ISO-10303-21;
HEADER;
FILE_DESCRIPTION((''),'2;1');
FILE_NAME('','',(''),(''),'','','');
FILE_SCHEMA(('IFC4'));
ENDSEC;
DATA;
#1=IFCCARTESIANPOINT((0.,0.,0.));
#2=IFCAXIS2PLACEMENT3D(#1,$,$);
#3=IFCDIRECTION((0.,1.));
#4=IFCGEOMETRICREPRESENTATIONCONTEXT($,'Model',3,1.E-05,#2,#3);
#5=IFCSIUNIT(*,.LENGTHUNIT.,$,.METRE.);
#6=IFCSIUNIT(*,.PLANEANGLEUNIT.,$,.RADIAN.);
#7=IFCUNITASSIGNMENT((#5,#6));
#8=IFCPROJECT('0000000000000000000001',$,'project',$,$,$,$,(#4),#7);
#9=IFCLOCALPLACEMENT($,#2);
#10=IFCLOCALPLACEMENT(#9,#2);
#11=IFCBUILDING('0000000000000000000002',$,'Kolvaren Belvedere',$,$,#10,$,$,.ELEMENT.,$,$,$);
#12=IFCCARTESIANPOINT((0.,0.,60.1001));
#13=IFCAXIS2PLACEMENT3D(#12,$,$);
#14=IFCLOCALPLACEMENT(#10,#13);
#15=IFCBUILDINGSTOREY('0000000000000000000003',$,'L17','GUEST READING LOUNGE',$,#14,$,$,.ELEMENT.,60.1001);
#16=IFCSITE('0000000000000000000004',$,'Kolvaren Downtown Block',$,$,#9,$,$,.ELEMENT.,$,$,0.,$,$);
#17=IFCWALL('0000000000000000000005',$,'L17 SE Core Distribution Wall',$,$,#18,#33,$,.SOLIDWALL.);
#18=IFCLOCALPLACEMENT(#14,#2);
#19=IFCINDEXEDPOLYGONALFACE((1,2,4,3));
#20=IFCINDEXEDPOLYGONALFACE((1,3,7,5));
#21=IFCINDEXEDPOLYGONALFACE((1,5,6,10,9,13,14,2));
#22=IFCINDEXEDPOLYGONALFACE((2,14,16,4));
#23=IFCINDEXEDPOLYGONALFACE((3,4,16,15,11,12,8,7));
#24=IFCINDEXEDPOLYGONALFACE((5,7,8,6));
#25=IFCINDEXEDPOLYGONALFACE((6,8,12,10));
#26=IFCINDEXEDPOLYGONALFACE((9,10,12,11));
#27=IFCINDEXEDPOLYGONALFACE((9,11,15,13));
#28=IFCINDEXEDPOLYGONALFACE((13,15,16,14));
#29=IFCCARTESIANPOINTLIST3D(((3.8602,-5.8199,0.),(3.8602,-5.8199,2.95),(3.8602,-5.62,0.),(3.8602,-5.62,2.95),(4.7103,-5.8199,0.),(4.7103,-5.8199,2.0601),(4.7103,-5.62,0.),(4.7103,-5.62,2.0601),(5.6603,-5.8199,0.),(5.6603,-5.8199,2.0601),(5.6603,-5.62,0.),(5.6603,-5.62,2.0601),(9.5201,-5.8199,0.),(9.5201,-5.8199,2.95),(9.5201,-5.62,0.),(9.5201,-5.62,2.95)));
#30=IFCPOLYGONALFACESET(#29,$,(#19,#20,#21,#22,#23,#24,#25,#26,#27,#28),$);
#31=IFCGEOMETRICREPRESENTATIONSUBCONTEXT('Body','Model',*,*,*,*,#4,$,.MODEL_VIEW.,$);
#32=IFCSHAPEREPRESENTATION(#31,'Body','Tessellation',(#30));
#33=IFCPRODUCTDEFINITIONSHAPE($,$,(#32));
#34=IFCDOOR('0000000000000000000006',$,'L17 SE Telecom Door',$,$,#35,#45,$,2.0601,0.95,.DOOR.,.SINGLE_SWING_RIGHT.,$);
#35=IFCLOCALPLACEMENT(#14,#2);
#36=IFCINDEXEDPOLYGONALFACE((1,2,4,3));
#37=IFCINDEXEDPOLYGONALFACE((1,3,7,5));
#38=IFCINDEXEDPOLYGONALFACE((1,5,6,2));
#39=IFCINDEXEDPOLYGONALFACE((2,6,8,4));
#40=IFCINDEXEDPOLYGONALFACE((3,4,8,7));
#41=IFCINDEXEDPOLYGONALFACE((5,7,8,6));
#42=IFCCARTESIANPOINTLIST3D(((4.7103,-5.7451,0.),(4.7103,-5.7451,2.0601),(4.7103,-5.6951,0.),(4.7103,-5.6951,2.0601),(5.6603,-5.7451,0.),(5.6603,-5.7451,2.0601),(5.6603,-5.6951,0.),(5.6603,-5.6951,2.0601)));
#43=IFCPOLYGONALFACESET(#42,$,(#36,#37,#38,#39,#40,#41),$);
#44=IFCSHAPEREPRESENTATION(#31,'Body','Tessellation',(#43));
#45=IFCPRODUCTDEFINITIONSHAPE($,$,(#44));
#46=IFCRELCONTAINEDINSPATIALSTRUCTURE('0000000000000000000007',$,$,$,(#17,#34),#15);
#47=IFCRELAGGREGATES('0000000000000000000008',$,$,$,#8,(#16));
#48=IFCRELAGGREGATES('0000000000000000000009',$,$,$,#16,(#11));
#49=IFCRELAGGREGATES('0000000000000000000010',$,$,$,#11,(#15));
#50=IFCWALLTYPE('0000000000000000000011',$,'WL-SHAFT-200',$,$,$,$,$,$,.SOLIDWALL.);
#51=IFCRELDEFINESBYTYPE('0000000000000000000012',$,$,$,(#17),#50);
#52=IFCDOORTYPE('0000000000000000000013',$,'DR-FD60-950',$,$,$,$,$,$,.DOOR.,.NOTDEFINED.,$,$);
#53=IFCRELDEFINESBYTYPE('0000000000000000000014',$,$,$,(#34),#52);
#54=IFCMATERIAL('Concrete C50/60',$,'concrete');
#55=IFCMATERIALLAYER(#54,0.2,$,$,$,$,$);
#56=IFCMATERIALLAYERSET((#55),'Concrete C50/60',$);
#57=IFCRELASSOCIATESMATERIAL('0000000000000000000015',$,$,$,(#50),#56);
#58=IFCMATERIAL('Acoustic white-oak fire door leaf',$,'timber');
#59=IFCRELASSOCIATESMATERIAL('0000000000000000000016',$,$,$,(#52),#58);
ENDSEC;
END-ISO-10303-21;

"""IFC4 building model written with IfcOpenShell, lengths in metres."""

from ifc_helpers import new_model, si_unit, direction, frame, frame_2d, origin, place, context, subcontext, project, spatial, rectangle, extrude, material, layer, layer_set, type_object, element, fill, save


model = new_model("IFC4")

# Units and contexts
model_context = context("Model", 3, precision=1e-05, world=origin(), true_north=direction((0.0, 1.0)))
body_context = subcontext(model_context, "Body", "Model", "MODEL_VIEW")
ifc_project = project(units=[si_unit("LENGTHUNIT", "METRE"), si_unit("PLANEANGLEUNIT", "RADIAN")], contexts=[model_context])

# Site, building, storey
site_placement = place(None, origin())
site = spatial("IfcSite", under=ifc_project, at=site_placement, Name="Kolvaren Downtown Block", CompositionType="ELEMENT", RefElevation=0.0)
building_placement = place(site_placement, origin())
building = spatial("IfcBuilding", under=site, at=building_placement, Name="Kolvaren Belvedere", CompositionType="ELEMENT")
storey_placement = place(building_placement, frame((0.0, 0.0, 60.1001)))
storey = spatial("IfcBuildingStorey", under=building, at=storey_placement, Name="L17", Description="GUEST READING LOUNGE", CompositionType="ELEMENT", Elevation=60.1001)

# Wall, opening, door
ifc_material_1 = material(Name="Concrete C50/60", Category="concrete")
ifc_layer_1 = layer(ifc_material_1, 0.2)
ifc_layer_set_1 = layer_set([ifc_layer_1], Name="Concrete C50/60")
wall_type_1 = type_object("IfcWallType", Name="WL-SHAFT-200", PredefinedType="SOLIDWALL", material=ifc_layer_set_1)
ifc_material_2 = material(Name="Acoustic white-oak fire door leaf", Category="timber")
door_type_1 = type_object("IfcDoorType", Name="DR-FD60-950", OperationType="NOTDEFINED", PredefinedType="DOOR", material=ifc_material_2)
wall_1_placement = place(storey_placement, frame((3.8601, -5.72, 0.0), z_axis=(0.0, 0.0, 1.0), x_axis=(1.0, 0.0, 0.0)))
wall_1 = element("IfcWall", 1, at=wall_1_placement, inside=storey, type_object=wall_type_1, Name="L17 SE Core Distribution Wall", PredefinedType="SOLIDWALL", context=body_context, shape_type="SweptSolid", body=[
    extrude(rectangle(XDim=5.6599, YDim=0.2, at=frame_2d((2.8301, 0.0))), origin(), (0.0, 0.0, 1.0), 2.95),
])
opening_1_placement = place(wall_1_placement, frame((0.8501, 0.0, 0.0)))
opening_1 = element("IfcOpeningElement", 2, at=opening_1_placement, cuts=wall_1, PredefinedType="OPENING", context=body_context, shape_type="SweptSolid", body=[
    extrude(rectangle(XDim=0.95, YDim=2.0601, at=frame_2d((0.4751, 1.03))), frame((0.0, 0.1099, 0.0), z_axis=(0.0, -1.0, 0.0), x_axis=(1.0, 0.0, 0.0)), (0.0, 0.0, 1.0), 0.22),
])
door_1_placement = place(opening_1_placement, origin())
door_1 = element("IfcDoor", 3, at=door_1_placement, inside=storey, type_object=door_type_1, Name="L17 SE Telecom Door", OperationType="SINGLE_SWING_RIGHT", OverallHeight=2.0601, OverallWidth=0.95, PredefinedType="DOOR", context=body_context, shape_type="SweptSolid", body=[
    extrude(rectangle(XDim=0.95, YDim=2.0601, at=frame_2d((0.4751, 1.03))), frame((0.0, 0.0249, 0.0), z_axis=(0.0, -1.0, 0.0), x_axis=(1.0, 0.0, 0.0)), (0.0, 0.0, 1.0), 0.05),
])
fill(opening_1, door_1)

save(model, "model.ifc")
